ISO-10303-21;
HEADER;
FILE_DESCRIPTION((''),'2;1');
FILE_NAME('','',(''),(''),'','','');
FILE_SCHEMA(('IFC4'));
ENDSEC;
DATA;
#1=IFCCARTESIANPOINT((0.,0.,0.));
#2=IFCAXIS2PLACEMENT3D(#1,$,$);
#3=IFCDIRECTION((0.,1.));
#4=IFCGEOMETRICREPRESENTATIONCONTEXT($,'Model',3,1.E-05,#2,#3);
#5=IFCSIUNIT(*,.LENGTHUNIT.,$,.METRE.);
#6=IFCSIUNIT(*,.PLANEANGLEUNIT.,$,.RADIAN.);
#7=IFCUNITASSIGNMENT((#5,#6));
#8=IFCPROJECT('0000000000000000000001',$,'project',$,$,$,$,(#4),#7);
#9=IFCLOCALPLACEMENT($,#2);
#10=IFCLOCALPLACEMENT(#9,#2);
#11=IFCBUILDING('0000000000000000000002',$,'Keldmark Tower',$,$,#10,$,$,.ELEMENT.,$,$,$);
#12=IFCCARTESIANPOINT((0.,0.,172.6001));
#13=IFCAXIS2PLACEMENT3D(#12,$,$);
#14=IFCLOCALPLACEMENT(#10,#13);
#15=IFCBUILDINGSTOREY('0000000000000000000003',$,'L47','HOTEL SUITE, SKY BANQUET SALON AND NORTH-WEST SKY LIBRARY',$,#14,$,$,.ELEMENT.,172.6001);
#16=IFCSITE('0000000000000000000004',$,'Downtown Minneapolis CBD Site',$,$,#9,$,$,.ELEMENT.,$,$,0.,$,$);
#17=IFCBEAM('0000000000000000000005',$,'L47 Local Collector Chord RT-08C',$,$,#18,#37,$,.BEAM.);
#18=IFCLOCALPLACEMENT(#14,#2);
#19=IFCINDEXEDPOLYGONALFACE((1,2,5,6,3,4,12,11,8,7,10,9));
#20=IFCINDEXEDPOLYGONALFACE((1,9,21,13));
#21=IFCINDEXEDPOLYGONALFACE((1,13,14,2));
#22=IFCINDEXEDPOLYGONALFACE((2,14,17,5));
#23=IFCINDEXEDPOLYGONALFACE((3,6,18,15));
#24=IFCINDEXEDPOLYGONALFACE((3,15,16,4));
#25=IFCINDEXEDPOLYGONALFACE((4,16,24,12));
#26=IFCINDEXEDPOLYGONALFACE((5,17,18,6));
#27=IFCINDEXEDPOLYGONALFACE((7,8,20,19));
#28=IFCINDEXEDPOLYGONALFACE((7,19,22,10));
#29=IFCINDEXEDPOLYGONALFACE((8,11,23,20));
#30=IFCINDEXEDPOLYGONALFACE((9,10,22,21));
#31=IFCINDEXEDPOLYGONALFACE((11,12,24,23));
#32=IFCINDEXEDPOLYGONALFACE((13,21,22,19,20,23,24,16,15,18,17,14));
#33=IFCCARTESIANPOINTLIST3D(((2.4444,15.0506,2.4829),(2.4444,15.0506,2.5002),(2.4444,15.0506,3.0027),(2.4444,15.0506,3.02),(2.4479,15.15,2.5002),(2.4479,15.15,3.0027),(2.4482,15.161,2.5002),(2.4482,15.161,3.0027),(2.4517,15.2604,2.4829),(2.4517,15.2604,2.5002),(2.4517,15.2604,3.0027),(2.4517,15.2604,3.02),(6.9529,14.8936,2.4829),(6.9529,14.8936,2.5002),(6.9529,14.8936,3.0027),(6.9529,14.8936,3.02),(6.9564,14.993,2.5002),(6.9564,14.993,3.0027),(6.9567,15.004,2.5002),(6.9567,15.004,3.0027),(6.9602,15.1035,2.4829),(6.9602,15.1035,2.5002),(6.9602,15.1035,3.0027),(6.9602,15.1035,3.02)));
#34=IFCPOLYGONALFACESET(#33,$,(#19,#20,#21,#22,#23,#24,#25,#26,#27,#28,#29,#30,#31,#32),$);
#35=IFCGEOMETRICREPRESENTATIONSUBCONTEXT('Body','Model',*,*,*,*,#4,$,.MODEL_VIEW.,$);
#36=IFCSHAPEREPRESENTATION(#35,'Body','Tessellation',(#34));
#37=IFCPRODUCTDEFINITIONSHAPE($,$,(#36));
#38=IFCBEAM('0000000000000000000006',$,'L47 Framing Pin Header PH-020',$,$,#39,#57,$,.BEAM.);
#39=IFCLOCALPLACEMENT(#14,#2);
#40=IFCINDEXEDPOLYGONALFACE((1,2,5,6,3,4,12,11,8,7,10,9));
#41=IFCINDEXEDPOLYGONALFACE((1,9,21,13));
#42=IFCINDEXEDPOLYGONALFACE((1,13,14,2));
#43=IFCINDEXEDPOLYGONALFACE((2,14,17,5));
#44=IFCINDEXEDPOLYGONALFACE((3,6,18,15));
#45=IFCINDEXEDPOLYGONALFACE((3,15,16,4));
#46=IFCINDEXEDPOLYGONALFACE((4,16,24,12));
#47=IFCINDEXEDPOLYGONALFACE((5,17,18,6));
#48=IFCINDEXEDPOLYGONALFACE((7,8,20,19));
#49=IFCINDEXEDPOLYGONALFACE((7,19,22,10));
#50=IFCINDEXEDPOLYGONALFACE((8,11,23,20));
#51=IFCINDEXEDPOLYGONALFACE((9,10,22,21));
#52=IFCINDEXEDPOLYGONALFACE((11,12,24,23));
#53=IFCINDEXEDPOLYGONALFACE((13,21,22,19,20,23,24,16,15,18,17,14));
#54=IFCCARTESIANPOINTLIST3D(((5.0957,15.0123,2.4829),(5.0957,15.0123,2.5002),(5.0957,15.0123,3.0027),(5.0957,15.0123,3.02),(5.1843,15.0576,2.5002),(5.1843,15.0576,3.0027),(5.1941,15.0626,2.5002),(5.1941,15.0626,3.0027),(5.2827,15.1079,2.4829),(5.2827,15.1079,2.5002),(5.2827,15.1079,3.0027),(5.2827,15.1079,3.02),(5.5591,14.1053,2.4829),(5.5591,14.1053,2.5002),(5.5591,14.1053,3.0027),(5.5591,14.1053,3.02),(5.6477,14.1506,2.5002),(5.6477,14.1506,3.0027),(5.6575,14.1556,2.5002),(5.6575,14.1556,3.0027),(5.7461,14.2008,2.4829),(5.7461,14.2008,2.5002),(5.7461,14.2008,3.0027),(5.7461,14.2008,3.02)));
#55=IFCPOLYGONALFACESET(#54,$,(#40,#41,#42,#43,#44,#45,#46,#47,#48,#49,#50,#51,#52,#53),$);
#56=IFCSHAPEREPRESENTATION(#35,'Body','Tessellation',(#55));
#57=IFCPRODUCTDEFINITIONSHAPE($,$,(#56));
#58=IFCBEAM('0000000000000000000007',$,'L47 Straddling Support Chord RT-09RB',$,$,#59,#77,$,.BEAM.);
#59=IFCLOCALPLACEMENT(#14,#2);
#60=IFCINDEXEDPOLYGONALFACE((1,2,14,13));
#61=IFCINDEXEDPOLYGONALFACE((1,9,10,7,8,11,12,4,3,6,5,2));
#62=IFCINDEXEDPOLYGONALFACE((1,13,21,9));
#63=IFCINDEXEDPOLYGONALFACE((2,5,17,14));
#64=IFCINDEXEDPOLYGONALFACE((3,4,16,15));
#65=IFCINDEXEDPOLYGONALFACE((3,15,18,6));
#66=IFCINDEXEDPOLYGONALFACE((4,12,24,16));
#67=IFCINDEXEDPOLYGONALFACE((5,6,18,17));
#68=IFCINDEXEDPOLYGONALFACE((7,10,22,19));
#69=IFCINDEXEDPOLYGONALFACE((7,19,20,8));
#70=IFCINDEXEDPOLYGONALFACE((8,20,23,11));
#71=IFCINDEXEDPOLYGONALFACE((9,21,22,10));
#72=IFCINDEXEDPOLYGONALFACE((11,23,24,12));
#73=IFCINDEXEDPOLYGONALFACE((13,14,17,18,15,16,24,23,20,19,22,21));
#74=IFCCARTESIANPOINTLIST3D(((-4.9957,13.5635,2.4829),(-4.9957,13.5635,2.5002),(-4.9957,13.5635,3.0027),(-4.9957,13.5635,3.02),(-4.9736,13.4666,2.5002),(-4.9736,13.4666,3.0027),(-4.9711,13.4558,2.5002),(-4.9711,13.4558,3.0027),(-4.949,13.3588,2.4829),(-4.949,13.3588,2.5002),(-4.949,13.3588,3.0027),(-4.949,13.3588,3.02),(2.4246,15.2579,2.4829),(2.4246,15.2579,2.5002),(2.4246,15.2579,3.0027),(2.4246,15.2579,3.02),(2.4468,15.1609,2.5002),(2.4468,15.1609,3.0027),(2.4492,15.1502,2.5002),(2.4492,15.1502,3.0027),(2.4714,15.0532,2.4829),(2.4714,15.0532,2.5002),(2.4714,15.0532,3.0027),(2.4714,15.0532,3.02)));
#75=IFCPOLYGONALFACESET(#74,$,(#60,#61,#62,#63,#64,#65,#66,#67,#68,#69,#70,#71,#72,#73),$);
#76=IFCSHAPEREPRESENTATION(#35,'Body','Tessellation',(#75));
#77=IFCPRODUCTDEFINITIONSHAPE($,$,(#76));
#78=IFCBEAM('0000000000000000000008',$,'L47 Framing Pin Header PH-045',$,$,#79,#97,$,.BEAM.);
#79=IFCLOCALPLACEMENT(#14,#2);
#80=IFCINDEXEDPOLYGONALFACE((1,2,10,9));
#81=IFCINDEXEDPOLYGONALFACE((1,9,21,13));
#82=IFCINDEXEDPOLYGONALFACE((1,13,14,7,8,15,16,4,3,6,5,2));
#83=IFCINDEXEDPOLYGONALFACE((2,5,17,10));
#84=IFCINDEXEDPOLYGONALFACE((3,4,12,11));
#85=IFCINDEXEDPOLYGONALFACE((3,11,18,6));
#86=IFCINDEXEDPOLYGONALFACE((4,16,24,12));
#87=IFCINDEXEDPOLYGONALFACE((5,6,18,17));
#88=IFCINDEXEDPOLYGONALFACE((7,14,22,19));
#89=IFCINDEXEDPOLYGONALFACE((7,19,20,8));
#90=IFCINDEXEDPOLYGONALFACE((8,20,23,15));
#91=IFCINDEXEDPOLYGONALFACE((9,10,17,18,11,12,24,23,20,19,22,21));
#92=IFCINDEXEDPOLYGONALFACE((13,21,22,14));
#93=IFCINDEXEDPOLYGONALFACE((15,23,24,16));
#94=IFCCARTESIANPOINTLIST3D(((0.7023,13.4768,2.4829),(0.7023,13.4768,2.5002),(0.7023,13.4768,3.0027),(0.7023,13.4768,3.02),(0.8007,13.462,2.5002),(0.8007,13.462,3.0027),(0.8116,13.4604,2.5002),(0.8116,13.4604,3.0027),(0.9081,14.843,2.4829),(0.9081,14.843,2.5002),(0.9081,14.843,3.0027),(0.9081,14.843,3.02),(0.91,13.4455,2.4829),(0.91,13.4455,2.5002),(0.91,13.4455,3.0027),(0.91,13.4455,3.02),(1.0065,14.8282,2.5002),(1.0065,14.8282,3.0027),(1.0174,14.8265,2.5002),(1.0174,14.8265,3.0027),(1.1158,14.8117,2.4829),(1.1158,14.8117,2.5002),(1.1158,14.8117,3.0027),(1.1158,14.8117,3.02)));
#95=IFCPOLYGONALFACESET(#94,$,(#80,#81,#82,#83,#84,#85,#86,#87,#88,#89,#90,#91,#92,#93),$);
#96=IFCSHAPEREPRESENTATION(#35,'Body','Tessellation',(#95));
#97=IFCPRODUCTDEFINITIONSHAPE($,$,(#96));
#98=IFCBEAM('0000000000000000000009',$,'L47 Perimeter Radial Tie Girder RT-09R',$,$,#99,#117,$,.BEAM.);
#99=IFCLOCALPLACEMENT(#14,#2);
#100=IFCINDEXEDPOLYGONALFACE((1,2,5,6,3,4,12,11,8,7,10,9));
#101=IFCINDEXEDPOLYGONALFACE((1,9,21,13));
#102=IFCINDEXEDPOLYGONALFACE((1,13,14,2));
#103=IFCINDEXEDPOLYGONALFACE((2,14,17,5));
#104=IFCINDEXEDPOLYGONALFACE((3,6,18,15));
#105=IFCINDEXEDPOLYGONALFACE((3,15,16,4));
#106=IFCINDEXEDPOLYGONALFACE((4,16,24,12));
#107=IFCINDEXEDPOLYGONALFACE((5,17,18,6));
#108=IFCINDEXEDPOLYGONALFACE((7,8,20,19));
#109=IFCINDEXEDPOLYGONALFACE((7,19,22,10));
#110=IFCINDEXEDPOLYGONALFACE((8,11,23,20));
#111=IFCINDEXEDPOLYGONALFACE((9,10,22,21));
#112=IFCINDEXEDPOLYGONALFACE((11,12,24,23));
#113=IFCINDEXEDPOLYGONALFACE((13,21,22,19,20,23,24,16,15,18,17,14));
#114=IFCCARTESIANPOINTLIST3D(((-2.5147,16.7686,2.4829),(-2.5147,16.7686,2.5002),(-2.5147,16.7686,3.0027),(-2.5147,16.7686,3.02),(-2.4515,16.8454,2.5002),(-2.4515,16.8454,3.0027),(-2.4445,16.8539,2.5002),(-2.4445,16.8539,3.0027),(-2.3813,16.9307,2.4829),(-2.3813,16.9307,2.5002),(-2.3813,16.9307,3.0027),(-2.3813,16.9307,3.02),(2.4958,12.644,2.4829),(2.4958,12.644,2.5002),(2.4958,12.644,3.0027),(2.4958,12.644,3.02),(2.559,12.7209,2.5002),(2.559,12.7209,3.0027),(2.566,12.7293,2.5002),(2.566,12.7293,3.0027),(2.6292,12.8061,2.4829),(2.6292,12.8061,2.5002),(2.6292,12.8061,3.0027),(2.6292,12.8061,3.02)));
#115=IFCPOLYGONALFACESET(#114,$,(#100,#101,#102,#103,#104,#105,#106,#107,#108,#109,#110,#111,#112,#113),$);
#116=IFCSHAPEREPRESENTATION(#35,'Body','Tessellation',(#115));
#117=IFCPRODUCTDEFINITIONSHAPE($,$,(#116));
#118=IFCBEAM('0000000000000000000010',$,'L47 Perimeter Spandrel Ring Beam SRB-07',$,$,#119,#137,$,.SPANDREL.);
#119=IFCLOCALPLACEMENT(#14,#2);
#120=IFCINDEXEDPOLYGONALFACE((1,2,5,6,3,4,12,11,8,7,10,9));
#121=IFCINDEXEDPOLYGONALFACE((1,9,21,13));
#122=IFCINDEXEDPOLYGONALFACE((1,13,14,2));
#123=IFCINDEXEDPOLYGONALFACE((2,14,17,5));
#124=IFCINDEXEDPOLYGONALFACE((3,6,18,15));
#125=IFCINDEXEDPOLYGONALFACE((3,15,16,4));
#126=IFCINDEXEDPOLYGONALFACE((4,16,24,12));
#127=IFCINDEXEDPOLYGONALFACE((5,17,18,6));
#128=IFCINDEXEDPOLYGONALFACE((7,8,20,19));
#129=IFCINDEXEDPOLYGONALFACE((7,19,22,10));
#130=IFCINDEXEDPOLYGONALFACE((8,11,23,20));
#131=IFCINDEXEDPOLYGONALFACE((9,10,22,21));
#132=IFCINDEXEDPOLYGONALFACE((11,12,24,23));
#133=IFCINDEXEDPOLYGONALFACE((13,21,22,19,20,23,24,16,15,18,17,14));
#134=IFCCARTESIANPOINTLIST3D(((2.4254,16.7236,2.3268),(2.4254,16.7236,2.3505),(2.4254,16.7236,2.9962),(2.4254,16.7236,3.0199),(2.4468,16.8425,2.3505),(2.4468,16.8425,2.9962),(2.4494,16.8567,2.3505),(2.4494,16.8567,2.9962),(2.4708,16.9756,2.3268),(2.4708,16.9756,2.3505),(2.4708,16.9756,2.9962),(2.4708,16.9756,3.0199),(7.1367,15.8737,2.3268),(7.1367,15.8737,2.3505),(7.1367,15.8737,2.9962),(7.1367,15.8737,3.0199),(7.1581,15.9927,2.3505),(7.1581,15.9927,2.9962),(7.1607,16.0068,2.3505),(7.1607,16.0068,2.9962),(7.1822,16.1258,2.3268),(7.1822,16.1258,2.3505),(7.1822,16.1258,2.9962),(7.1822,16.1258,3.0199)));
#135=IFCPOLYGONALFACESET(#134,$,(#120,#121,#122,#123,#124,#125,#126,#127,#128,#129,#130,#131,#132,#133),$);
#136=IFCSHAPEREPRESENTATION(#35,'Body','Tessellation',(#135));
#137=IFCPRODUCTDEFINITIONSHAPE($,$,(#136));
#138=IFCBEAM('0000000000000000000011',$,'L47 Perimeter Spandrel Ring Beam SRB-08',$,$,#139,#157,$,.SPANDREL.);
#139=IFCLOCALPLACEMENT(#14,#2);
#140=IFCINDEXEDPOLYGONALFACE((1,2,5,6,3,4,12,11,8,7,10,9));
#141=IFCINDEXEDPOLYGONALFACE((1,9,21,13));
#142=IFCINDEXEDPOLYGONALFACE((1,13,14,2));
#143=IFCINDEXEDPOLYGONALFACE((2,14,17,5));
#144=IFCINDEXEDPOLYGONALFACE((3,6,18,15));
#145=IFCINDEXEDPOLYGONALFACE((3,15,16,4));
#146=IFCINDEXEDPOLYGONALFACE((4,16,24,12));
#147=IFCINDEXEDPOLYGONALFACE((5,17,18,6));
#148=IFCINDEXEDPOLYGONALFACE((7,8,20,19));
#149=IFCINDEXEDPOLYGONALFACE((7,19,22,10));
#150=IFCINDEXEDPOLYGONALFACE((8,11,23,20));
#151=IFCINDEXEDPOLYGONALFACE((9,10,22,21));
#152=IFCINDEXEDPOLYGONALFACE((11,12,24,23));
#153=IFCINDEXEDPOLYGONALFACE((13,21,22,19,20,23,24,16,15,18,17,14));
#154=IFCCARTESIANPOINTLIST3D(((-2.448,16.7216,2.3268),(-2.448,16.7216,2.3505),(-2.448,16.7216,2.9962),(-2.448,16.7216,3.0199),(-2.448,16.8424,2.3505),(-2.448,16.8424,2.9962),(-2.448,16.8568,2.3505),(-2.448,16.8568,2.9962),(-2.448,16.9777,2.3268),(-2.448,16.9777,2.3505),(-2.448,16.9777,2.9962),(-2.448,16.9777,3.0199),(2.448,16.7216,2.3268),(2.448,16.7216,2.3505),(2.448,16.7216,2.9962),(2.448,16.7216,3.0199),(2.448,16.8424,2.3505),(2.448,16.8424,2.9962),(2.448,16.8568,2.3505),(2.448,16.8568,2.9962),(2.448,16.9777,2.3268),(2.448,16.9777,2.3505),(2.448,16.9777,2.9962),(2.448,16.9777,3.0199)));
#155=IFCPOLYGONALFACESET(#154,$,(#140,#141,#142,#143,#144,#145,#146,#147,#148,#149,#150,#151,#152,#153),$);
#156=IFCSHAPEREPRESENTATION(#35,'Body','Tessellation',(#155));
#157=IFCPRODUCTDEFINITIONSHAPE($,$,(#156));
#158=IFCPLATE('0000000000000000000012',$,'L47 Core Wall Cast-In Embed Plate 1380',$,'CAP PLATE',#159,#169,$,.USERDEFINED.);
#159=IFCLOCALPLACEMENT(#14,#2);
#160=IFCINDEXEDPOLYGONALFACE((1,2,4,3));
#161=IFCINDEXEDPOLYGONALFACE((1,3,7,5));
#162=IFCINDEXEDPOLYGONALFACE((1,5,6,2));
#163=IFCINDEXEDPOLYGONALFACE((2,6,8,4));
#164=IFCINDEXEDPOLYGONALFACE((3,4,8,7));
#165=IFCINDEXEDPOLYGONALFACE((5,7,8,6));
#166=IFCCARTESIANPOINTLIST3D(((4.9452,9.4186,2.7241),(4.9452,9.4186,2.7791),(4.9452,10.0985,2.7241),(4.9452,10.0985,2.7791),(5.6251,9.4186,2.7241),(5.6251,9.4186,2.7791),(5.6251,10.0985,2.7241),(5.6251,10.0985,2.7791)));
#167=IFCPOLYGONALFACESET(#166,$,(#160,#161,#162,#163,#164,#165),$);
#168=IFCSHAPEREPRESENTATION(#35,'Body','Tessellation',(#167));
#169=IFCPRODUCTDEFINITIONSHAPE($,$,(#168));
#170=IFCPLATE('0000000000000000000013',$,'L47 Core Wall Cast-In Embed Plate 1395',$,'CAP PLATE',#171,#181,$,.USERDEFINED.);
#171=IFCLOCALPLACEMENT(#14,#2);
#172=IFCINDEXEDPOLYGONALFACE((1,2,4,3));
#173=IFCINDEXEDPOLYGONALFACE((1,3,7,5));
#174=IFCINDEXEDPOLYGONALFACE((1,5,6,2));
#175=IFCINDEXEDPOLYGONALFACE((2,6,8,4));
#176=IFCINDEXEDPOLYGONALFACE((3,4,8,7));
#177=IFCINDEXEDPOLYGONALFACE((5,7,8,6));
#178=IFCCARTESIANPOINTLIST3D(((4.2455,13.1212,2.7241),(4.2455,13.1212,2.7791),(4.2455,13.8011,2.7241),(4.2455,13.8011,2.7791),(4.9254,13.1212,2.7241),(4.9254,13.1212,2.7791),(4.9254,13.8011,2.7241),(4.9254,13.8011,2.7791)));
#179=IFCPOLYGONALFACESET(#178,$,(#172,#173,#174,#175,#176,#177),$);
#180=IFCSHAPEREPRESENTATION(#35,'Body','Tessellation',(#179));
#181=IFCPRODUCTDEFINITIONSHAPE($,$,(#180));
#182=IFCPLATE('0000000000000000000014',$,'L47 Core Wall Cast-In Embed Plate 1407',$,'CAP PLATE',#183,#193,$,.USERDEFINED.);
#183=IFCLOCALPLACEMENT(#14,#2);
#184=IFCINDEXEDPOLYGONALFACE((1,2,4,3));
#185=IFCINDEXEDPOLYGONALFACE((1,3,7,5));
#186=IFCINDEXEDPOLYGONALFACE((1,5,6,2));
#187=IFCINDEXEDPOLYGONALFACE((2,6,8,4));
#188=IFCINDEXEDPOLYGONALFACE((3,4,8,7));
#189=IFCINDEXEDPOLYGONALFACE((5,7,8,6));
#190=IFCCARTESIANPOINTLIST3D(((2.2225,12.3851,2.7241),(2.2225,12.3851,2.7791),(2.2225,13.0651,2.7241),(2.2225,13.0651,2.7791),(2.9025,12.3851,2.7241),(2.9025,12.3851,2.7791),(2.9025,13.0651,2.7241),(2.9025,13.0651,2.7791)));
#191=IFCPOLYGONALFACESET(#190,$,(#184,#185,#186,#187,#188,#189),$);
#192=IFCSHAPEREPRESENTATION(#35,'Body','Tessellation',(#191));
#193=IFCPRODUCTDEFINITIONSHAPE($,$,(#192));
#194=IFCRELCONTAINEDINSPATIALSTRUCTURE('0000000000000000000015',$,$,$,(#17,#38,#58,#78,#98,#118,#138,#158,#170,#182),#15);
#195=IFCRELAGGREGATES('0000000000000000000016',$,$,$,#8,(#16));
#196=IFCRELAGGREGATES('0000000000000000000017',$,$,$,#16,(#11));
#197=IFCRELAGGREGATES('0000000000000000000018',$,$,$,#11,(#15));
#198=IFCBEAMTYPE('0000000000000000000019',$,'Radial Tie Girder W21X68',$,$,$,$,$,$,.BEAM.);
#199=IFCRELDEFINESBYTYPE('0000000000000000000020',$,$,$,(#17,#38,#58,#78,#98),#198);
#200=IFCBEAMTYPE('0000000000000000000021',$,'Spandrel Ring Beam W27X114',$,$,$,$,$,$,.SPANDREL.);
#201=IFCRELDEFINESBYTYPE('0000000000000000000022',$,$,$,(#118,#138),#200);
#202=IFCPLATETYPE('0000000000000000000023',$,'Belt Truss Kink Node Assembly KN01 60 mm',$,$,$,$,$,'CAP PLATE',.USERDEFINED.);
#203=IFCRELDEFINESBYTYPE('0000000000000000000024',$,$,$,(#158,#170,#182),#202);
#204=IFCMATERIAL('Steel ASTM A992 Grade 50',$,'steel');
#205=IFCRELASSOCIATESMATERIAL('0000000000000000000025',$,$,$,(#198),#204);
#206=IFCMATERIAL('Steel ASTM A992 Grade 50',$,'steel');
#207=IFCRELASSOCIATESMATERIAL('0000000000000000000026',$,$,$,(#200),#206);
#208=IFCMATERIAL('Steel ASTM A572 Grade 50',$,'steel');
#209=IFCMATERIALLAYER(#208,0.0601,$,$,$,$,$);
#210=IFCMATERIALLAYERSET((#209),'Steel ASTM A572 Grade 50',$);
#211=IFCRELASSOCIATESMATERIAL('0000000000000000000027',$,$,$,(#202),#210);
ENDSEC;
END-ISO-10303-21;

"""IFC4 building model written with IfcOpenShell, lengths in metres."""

from ifc_helpers import new_model, si_unit, direction, frame, origin, origin_2d, place, context, subcontext, project, spatial, rectangle, i_section, extrude, material, layer, layer_set, material_profile, profile_set, type_object, element, save


model = new_model("IFC4")

# Units and contexts
model_context = context("Model", 3, precision=1e-05, world=origin(), true_north=direction((0.0, 1.0)))
body_context = subcontext(model_context, "Body", "Model", "MODEL_VIEW")
ifc_project = project(units=[si_unit("LENGTHUNIT", "METRE"), si_unit("PLANEANGLEUNIT", "RADIAN")], contexts=[model_context])

# Site, building, storey
site_placement = place(None, origin())
site = spatial("IfcSite", under=ifc_project, at=site_placement, Name="Downtown Minneapolis CBD Site", CompositionType="ELEMENT", RefElevation=0.0)
building_placement = place(site_placement, origin())
building = spatial("IfcBuilding", under=site, at=building_placement, Name="Keldmark Tower", CompositionType="ELEMENT")
storey_placement = place(building_placement, frame((0.0, 0.0, 172.6001)))
storey = spatial("IfcBuildingStorey", under=building, at=storey_placement, Name="L47", Description="HOTEL SUITE, SKY BANQUET SALON AND NORTH-WEST SKY LIBRARY", CompositionType="ELEMENT", Elevation=172.6001)

# Beams
ifc_material_1 = material(Name="Steel ASTM A992 Grade 50", Category="steel")
ifc_material_profile_1 = material_profile(ifc_material_1, i_section(OverallWidth=0.21, OverallDepth=0.5371, WebThickness=0.011, FlangeThickness=0.0173, at=origin_2d()), Name="W21X68")
ifc_profile_set_1 = profile_set([ifc_material_profile_1], Name="Steel ASTM A992 Grade 50")
beam_type_1 = type_object("IfcBeamType", Name="Radial Tie Girder W21X68", PredefinedType="BEAM", material=ifc_profile_set_1)
beam_1_placement = place(storey_placement, frame((6.9565, 14.9985, 2.7515), z_axis=(-0.999394, 0.034798, 0.0), x_axis=(-0.034798, -0.999394, 0.0)))
element("IfcBeam", 1, at=beam_1_placement, inside=storey, type_object=beam_type_1, Name="L47 Local Collector Chord RT-08C", PredefinedType="BEAM", context=body_context, shape_type="SweptSolid", body=[
    extrude(i_section(OverallWidth=0.21, OverallDepth=0.5371, WebThickness=0.011, FlangeThickness=0.0173, at=origin_2d()), origin(), (0.0, 0.0, 1.0), 4.5112),
])
beam_2_placement = place(storey_placement, frame((5.6526, 14.1531, 2.7515), z_axis=(-0.454963, 0.89051, 0.0), x_axis=(-0.89051, -0.454963, 0.0)))
element("IfcBeam", 2, at=beam_2_placement, inside=storey, type_object=beam_type_1, Name="L47 Framing Pin Header PH-020", PredefinedType="BEAM", context=body_context, shape_type="SweptSolid", body=[
    extrude(i_section(OverallWidth=0.21, OverallDepth=0.5371, WebThickness=0.011, FlangeThickness=0.0173, at=origin_2d()), origin(), (0.0, 0.0, 1.0), 1.0186),
])
beam_3_placement = place(storey_placement, frame((2.448, 15.1555, 2.7515), z_axis=(-0.974909, -0.222605, 0.0), x_axis=(0.222605, -0.974909, 0.0)))
element("IfcBeam", 3, at=beam_3_placement, inside=storey, type_object=beam_type_1, Name="L47 Straddling Support Chord RT-09RB", PredefinedType="BEAM", context=body_context, shape_type="SweptSolid", body=[
    extrude(i_section(OverallWidth=0.21, OverallDepth=0.5371, WebThickness=0.011, FlangeThickness=0.0173, at=origin_2d()), origin(), (0.0, 0.0, 1.0), 7.6113),
])
beam_4_placement = place(storey_placement, frame((0.8062, 13.4612, 2.7515), z_axis=(0.148963, 0.988843, 0.0), x_axis=(-0.988843, 0.148963, 0.0)))
element("IfcBeam", 4, at=beam_4_placement, inside=storey, type_object=beam_type_1, Name="L47 Framing Pin Header PH-045", PredefinedType="BEAM", context=body_context, shape_type="SweptSolid", body=[
    extrude(i_section(OverallWidth=0.21, OverallDepth=0.5371, WebThickness=0.011, FlangeThickness=0.0173, at=origin_2d()), origin(), (0.0, 0.0, 1.0), 1.3816),
])
beam_5_placement = place(storey_placement, frame((2.5625, 12.7251, 2.7515), z_axis=(-0.772065, 0.635544, 0.0), x_axis=(-0.635544, -0.772065, 0.0)))
element("IfcBeam", 5, at=beam_5_placement, inside=storey, type_object=beam_type_1, Name="L47 Perimeter Radial Tie Girder RT-09R", PredefinedType="BEAM", context=body_context, shape_type="SweptSolid", body=[
    extrude(i_section(OverallWidth=0.21, OverallDepth=0.5371, WebThickness=0.011, FlangeThickness=0.0173, at=origin_2d()), origin(), (0.0, 0.0, 1.0), 6.4897),
])
ifc_material_2 = material(Name="Steel ASTM A992 Grade 50", Category="steel")
ifc_material_profile_2 = material_profile(ifc_material_2, i_section(OverallWidth=0.2561, OverallDepth=0.6931, WebThickness=0.0144, FlangeThickness=0.0237, at=origin_2d()), Name="W27X114")
ifc_profile_set_2 = profile_set([ifc_material_profile_2], Name="Steel ASTM A992 Grade 50")
beam_type_2 = type_object("IfcBeamType", Name="Spandrel Ring Beam W27X114", PredefinedType="SPANDREL", material=ifc_profile_set_2)
beam_6_placement = place(storey_placement, frame((7.1594, 15.9998, 2.6733), z_axis=(-0.984118, 0.177517, 0.0), x_axis=(-0.177517, -0.984118, 0.0)))
element("IfcBeam", 6, at=beam_6_placement, inside=storey, type_object=beam_type_2, Name="L47 Perimeter Spandrel Ring Beam SRB-07", PredefinedType="SPANDREL", context=body_context, shape_type="SweptSolid", body=[
    extrude(i_section(OverallWidth=0.2561, OverallDepth=0.6931, WebThickness=0.0144, FlangeThickness=0.0237, at=origin_2d()), origin(), (0.0, 0.0, 1.0), 4.7874),
])
beam_7_placement = place(storey_placement, frame((2.448, 16.8496, 2.6733), z_axis=(-1.0, 0.0, 0.0), x_axis=(0.0, -1.0, 0.0)))
element("IfcBeam", 7, at=beam_7_placement, inside=storey, type_object=beam_type_2, Name="L47 Perimeter Spandrel Ring Beam SRB-08", PredefinedType="SPANDREL", context=body_context, shape_type="SweptSolid", body=[
    extrude(i_section(OverallWidth=0.2561, OverallDepth=0.6931, WebThickness=0.0144, FlangeThickness=0.0237, at=origin_2d()), origin(), (0.0, 0.0, 1.0), 4.896),
])

# Plates
ifc_material_3 = material(Name="Steel ASTM A572 Grade 50", Category="steel")
ifc_layer_1 = layer(ifc_material_3, 0.0601)
ifc_layer_set_1 = layer_set([ifc_layer_1], Name="Steel ASTM A572 Grade 50")
plate_type_1 = type_object("IfcPlateType", Name="Belt Truss Kink Node Assembly KN01 60 mm", ElementType="CAP PLATE", PredefinedType="USERDEFINED", material=ifc_layer_set_1)
for number, where, z_axis, x_axis, name in (
    (8, (5.2852, 9.7585, 2.7241), (0.0, 0.0, 1.0), (1.0, 0.0, 0.0), "L47 Core Wall Cast-In Embed Plate 1380"),
    (9, (4.5854, 13.4612, 2.7241), (0.0, 0.0, 1.0), (1.0, 0.0, 0.0), "L47 Core Wall Cast-In Embed Plate 1395"),
    (10, (2.5625, 12.7251, 2.7241), (0.0, 0.0, 1.0), (1.0, 0.0, 0.0), "L47 Core Wall Cast-In Embed Plate 1407"),
):
    element("IfcPlate", number, at=place(storey_placement, frame(where, z_axis=z_axis, x_axis=x_axis)), inside=storey, type_object=plate_type_1, Name=name, ObjectType="CAP PLATE", PredefinedType="USERDEFINED", context=body_context, shape_type="SweptSolid", body=[
        extrude(rectangle(XDim=0.6799, YDim=0.6799, at=origin_2d()), origin(), (0.0, 0.0, 1.0), 0.0549),
    ])

save(model, "model.ifc")
